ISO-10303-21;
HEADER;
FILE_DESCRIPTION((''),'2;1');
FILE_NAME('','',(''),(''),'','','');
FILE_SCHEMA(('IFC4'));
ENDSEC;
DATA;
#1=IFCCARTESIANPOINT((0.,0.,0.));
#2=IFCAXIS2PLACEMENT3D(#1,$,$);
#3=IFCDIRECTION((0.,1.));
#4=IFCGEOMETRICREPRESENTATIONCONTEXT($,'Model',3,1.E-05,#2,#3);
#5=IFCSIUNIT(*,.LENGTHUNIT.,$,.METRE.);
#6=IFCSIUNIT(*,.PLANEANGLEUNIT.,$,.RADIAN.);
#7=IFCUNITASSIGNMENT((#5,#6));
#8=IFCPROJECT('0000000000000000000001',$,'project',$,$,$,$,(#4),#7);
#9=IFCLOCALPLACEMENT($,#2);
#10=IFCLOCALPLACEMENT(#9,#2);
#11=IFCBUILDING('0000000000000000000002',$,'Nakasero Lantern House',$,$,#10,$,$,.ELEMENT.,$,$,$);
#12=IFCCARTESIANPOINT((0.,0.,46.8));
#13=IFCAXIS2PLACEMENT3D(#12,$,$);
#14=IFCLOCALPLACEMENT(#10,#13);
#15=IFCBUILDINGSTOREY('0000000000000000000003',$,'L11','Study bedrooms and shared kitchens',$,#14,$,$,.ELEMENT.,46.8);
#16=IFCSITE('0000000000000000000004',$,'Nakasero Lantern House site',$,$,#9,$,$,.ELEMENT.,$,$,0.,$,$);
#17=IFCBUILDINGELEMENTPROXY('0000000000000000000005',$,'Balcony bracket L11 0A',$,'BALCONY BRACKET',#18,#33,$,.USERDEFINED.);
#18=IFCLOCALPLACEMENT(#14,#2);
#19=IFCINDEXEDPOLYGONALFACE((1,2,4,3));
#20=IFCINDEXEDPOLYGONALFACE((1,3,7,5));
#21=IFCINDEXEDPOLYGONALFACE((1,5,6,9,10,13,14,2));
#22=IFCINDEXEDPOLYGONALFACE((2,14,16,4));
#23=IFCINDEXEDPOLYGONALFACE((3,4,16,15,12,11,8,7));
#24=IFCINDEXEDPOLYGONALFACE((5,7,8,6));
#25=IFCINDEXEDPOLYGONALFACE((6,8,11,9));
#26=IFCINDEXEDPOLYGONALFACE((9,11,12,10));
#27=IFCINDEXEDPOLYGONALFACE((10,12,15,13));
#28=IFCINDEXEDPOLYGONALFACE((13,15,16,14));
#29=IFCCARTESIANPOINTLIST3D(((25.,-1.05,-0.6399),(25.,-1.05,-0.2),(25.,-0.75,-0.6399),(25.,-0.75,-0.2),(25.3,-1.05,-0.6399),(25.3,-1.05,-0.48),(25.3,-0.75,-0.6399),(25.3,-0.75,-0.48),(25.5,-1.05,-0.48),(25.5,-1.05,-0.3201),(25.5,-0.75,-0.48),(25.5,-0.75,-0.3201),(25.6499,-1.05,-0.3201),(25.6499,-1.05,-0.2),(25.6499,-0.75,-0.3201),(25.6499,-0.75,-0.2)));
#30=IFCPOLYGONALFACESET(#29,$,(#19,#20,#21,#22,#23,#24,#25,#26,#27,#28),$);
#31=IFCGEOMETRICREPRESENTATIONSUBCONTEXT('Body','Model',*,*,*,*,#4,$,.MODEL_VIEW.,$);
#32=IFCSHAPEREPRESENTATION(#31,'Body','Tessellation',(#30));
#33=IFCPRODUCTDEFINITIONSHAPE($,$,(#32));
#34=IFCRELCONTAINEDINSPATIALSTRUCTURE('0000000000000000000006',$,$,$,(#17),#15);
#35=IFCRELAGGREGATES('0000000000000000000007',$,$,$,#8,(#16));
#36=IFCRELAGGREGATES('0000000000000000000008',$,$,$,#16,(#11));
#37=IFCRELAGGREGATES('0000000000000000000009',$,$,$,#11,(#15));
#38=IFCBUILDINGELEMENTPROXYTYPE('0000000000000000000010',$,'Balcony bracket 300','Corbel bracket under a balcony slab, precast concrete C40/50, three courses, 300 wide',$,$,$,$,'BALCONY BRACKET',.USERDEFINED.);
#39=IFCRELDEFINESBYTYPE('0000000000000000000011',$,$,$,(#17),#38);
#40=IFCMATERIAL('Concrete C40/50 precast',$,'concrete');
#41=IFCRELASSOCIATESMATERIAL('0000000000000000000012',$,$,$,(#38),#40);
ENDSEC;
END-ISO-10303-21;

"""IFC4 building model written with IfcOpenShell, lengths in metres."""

from ifc_helpers import new_model, si_unit, direction, frame, origin, place, context, subcontext, project, spatial, polyline, outline, extrude, material, type_object, element, save


model = new_model("IFC4")

# Units and contexts
model_context = context("Model", 3, precision=1e-05, world=origin(), true_north=direction((0.0, 1.0)))
body_context = subcontext(model_context, "Body", "Model", "MODEL_VIEW")
ifc_project = project(units=[si_unit("LENGTHUNIT", "METRE"), si_unit("PLANEANGLEUNIT", "RADIAN")], contexts=[model_context])

# Site, building, storey
site_placement = place(None, origin())
site = spatial("IfcSite", under=ifc_project, at=site_placement, Name="Nakasero Lantern House site", CompositionType="ELEMENT", RefElevation=0.0)
building_placement = place(site_placement, origin())
building = spatial("IfcBuilding", under=site, at=building_placement, Name="Nakasero Lantern House", CompositionType="ELEMENT")
storey_placement = place(building_placement, frame((0.0, 0.0, 46.8)))
storey = spatial("IfcBuildingStorey", under=building, at=storey_placement, Name="L11", Description="Study bedrooms and shared kitchens", CompositionType="ELEMENT", Elevation=46.8)

# Building element proxy
ifc_material_1 = material(Name="Concrete C40/50 precast", Category="concrete")
building_element_proxy_type = type_object("IfcBuildingElementProxyType", Name="Balcony bracket 300", Description="Corbel bracket under a balcony slab, precast concrete C40/50, three courses, 300 wide", ElementType="BALCONY BRACKET", PredefinedType="USERDEFINED", material=ifc_material_1)
proxy_placement = place(storey_placement, frame((25.0, -0.8999, -0.2), z_axis=(0.0, 0.0, 1.0), x_axis=(1.0, 0.0, 0.0)))
element("IfcBuildingElementProxy", 1, at=proxy_placement, inside=storey, type_object=building_element_proxy_type, Name="Balcony bracket L11 0A", ObjectType="BALCONY BRACKET", PredefinedType="USERDEFINED", context=body_context, shape_type="SweptSolid", body=[
    extrude(outline(polyline([(0.0, 0.0), (0.6499, 0.0), (0.6499, -0.1201), (0.5, -0.1201), (0.5, -0.28), (0.3, -0.28), (0.3, -0.4399), (0.0, -0.4399), (0.0, 0.0)])), frame((0.0, 0.1499, 0.0), z_axis=(0.0, -1.0, 0.0), x_axis=(1.0, 0.0, 0.0)), (0.0, 0.0, 1.0), 0.3),
])

save(model, "model.ifc")
